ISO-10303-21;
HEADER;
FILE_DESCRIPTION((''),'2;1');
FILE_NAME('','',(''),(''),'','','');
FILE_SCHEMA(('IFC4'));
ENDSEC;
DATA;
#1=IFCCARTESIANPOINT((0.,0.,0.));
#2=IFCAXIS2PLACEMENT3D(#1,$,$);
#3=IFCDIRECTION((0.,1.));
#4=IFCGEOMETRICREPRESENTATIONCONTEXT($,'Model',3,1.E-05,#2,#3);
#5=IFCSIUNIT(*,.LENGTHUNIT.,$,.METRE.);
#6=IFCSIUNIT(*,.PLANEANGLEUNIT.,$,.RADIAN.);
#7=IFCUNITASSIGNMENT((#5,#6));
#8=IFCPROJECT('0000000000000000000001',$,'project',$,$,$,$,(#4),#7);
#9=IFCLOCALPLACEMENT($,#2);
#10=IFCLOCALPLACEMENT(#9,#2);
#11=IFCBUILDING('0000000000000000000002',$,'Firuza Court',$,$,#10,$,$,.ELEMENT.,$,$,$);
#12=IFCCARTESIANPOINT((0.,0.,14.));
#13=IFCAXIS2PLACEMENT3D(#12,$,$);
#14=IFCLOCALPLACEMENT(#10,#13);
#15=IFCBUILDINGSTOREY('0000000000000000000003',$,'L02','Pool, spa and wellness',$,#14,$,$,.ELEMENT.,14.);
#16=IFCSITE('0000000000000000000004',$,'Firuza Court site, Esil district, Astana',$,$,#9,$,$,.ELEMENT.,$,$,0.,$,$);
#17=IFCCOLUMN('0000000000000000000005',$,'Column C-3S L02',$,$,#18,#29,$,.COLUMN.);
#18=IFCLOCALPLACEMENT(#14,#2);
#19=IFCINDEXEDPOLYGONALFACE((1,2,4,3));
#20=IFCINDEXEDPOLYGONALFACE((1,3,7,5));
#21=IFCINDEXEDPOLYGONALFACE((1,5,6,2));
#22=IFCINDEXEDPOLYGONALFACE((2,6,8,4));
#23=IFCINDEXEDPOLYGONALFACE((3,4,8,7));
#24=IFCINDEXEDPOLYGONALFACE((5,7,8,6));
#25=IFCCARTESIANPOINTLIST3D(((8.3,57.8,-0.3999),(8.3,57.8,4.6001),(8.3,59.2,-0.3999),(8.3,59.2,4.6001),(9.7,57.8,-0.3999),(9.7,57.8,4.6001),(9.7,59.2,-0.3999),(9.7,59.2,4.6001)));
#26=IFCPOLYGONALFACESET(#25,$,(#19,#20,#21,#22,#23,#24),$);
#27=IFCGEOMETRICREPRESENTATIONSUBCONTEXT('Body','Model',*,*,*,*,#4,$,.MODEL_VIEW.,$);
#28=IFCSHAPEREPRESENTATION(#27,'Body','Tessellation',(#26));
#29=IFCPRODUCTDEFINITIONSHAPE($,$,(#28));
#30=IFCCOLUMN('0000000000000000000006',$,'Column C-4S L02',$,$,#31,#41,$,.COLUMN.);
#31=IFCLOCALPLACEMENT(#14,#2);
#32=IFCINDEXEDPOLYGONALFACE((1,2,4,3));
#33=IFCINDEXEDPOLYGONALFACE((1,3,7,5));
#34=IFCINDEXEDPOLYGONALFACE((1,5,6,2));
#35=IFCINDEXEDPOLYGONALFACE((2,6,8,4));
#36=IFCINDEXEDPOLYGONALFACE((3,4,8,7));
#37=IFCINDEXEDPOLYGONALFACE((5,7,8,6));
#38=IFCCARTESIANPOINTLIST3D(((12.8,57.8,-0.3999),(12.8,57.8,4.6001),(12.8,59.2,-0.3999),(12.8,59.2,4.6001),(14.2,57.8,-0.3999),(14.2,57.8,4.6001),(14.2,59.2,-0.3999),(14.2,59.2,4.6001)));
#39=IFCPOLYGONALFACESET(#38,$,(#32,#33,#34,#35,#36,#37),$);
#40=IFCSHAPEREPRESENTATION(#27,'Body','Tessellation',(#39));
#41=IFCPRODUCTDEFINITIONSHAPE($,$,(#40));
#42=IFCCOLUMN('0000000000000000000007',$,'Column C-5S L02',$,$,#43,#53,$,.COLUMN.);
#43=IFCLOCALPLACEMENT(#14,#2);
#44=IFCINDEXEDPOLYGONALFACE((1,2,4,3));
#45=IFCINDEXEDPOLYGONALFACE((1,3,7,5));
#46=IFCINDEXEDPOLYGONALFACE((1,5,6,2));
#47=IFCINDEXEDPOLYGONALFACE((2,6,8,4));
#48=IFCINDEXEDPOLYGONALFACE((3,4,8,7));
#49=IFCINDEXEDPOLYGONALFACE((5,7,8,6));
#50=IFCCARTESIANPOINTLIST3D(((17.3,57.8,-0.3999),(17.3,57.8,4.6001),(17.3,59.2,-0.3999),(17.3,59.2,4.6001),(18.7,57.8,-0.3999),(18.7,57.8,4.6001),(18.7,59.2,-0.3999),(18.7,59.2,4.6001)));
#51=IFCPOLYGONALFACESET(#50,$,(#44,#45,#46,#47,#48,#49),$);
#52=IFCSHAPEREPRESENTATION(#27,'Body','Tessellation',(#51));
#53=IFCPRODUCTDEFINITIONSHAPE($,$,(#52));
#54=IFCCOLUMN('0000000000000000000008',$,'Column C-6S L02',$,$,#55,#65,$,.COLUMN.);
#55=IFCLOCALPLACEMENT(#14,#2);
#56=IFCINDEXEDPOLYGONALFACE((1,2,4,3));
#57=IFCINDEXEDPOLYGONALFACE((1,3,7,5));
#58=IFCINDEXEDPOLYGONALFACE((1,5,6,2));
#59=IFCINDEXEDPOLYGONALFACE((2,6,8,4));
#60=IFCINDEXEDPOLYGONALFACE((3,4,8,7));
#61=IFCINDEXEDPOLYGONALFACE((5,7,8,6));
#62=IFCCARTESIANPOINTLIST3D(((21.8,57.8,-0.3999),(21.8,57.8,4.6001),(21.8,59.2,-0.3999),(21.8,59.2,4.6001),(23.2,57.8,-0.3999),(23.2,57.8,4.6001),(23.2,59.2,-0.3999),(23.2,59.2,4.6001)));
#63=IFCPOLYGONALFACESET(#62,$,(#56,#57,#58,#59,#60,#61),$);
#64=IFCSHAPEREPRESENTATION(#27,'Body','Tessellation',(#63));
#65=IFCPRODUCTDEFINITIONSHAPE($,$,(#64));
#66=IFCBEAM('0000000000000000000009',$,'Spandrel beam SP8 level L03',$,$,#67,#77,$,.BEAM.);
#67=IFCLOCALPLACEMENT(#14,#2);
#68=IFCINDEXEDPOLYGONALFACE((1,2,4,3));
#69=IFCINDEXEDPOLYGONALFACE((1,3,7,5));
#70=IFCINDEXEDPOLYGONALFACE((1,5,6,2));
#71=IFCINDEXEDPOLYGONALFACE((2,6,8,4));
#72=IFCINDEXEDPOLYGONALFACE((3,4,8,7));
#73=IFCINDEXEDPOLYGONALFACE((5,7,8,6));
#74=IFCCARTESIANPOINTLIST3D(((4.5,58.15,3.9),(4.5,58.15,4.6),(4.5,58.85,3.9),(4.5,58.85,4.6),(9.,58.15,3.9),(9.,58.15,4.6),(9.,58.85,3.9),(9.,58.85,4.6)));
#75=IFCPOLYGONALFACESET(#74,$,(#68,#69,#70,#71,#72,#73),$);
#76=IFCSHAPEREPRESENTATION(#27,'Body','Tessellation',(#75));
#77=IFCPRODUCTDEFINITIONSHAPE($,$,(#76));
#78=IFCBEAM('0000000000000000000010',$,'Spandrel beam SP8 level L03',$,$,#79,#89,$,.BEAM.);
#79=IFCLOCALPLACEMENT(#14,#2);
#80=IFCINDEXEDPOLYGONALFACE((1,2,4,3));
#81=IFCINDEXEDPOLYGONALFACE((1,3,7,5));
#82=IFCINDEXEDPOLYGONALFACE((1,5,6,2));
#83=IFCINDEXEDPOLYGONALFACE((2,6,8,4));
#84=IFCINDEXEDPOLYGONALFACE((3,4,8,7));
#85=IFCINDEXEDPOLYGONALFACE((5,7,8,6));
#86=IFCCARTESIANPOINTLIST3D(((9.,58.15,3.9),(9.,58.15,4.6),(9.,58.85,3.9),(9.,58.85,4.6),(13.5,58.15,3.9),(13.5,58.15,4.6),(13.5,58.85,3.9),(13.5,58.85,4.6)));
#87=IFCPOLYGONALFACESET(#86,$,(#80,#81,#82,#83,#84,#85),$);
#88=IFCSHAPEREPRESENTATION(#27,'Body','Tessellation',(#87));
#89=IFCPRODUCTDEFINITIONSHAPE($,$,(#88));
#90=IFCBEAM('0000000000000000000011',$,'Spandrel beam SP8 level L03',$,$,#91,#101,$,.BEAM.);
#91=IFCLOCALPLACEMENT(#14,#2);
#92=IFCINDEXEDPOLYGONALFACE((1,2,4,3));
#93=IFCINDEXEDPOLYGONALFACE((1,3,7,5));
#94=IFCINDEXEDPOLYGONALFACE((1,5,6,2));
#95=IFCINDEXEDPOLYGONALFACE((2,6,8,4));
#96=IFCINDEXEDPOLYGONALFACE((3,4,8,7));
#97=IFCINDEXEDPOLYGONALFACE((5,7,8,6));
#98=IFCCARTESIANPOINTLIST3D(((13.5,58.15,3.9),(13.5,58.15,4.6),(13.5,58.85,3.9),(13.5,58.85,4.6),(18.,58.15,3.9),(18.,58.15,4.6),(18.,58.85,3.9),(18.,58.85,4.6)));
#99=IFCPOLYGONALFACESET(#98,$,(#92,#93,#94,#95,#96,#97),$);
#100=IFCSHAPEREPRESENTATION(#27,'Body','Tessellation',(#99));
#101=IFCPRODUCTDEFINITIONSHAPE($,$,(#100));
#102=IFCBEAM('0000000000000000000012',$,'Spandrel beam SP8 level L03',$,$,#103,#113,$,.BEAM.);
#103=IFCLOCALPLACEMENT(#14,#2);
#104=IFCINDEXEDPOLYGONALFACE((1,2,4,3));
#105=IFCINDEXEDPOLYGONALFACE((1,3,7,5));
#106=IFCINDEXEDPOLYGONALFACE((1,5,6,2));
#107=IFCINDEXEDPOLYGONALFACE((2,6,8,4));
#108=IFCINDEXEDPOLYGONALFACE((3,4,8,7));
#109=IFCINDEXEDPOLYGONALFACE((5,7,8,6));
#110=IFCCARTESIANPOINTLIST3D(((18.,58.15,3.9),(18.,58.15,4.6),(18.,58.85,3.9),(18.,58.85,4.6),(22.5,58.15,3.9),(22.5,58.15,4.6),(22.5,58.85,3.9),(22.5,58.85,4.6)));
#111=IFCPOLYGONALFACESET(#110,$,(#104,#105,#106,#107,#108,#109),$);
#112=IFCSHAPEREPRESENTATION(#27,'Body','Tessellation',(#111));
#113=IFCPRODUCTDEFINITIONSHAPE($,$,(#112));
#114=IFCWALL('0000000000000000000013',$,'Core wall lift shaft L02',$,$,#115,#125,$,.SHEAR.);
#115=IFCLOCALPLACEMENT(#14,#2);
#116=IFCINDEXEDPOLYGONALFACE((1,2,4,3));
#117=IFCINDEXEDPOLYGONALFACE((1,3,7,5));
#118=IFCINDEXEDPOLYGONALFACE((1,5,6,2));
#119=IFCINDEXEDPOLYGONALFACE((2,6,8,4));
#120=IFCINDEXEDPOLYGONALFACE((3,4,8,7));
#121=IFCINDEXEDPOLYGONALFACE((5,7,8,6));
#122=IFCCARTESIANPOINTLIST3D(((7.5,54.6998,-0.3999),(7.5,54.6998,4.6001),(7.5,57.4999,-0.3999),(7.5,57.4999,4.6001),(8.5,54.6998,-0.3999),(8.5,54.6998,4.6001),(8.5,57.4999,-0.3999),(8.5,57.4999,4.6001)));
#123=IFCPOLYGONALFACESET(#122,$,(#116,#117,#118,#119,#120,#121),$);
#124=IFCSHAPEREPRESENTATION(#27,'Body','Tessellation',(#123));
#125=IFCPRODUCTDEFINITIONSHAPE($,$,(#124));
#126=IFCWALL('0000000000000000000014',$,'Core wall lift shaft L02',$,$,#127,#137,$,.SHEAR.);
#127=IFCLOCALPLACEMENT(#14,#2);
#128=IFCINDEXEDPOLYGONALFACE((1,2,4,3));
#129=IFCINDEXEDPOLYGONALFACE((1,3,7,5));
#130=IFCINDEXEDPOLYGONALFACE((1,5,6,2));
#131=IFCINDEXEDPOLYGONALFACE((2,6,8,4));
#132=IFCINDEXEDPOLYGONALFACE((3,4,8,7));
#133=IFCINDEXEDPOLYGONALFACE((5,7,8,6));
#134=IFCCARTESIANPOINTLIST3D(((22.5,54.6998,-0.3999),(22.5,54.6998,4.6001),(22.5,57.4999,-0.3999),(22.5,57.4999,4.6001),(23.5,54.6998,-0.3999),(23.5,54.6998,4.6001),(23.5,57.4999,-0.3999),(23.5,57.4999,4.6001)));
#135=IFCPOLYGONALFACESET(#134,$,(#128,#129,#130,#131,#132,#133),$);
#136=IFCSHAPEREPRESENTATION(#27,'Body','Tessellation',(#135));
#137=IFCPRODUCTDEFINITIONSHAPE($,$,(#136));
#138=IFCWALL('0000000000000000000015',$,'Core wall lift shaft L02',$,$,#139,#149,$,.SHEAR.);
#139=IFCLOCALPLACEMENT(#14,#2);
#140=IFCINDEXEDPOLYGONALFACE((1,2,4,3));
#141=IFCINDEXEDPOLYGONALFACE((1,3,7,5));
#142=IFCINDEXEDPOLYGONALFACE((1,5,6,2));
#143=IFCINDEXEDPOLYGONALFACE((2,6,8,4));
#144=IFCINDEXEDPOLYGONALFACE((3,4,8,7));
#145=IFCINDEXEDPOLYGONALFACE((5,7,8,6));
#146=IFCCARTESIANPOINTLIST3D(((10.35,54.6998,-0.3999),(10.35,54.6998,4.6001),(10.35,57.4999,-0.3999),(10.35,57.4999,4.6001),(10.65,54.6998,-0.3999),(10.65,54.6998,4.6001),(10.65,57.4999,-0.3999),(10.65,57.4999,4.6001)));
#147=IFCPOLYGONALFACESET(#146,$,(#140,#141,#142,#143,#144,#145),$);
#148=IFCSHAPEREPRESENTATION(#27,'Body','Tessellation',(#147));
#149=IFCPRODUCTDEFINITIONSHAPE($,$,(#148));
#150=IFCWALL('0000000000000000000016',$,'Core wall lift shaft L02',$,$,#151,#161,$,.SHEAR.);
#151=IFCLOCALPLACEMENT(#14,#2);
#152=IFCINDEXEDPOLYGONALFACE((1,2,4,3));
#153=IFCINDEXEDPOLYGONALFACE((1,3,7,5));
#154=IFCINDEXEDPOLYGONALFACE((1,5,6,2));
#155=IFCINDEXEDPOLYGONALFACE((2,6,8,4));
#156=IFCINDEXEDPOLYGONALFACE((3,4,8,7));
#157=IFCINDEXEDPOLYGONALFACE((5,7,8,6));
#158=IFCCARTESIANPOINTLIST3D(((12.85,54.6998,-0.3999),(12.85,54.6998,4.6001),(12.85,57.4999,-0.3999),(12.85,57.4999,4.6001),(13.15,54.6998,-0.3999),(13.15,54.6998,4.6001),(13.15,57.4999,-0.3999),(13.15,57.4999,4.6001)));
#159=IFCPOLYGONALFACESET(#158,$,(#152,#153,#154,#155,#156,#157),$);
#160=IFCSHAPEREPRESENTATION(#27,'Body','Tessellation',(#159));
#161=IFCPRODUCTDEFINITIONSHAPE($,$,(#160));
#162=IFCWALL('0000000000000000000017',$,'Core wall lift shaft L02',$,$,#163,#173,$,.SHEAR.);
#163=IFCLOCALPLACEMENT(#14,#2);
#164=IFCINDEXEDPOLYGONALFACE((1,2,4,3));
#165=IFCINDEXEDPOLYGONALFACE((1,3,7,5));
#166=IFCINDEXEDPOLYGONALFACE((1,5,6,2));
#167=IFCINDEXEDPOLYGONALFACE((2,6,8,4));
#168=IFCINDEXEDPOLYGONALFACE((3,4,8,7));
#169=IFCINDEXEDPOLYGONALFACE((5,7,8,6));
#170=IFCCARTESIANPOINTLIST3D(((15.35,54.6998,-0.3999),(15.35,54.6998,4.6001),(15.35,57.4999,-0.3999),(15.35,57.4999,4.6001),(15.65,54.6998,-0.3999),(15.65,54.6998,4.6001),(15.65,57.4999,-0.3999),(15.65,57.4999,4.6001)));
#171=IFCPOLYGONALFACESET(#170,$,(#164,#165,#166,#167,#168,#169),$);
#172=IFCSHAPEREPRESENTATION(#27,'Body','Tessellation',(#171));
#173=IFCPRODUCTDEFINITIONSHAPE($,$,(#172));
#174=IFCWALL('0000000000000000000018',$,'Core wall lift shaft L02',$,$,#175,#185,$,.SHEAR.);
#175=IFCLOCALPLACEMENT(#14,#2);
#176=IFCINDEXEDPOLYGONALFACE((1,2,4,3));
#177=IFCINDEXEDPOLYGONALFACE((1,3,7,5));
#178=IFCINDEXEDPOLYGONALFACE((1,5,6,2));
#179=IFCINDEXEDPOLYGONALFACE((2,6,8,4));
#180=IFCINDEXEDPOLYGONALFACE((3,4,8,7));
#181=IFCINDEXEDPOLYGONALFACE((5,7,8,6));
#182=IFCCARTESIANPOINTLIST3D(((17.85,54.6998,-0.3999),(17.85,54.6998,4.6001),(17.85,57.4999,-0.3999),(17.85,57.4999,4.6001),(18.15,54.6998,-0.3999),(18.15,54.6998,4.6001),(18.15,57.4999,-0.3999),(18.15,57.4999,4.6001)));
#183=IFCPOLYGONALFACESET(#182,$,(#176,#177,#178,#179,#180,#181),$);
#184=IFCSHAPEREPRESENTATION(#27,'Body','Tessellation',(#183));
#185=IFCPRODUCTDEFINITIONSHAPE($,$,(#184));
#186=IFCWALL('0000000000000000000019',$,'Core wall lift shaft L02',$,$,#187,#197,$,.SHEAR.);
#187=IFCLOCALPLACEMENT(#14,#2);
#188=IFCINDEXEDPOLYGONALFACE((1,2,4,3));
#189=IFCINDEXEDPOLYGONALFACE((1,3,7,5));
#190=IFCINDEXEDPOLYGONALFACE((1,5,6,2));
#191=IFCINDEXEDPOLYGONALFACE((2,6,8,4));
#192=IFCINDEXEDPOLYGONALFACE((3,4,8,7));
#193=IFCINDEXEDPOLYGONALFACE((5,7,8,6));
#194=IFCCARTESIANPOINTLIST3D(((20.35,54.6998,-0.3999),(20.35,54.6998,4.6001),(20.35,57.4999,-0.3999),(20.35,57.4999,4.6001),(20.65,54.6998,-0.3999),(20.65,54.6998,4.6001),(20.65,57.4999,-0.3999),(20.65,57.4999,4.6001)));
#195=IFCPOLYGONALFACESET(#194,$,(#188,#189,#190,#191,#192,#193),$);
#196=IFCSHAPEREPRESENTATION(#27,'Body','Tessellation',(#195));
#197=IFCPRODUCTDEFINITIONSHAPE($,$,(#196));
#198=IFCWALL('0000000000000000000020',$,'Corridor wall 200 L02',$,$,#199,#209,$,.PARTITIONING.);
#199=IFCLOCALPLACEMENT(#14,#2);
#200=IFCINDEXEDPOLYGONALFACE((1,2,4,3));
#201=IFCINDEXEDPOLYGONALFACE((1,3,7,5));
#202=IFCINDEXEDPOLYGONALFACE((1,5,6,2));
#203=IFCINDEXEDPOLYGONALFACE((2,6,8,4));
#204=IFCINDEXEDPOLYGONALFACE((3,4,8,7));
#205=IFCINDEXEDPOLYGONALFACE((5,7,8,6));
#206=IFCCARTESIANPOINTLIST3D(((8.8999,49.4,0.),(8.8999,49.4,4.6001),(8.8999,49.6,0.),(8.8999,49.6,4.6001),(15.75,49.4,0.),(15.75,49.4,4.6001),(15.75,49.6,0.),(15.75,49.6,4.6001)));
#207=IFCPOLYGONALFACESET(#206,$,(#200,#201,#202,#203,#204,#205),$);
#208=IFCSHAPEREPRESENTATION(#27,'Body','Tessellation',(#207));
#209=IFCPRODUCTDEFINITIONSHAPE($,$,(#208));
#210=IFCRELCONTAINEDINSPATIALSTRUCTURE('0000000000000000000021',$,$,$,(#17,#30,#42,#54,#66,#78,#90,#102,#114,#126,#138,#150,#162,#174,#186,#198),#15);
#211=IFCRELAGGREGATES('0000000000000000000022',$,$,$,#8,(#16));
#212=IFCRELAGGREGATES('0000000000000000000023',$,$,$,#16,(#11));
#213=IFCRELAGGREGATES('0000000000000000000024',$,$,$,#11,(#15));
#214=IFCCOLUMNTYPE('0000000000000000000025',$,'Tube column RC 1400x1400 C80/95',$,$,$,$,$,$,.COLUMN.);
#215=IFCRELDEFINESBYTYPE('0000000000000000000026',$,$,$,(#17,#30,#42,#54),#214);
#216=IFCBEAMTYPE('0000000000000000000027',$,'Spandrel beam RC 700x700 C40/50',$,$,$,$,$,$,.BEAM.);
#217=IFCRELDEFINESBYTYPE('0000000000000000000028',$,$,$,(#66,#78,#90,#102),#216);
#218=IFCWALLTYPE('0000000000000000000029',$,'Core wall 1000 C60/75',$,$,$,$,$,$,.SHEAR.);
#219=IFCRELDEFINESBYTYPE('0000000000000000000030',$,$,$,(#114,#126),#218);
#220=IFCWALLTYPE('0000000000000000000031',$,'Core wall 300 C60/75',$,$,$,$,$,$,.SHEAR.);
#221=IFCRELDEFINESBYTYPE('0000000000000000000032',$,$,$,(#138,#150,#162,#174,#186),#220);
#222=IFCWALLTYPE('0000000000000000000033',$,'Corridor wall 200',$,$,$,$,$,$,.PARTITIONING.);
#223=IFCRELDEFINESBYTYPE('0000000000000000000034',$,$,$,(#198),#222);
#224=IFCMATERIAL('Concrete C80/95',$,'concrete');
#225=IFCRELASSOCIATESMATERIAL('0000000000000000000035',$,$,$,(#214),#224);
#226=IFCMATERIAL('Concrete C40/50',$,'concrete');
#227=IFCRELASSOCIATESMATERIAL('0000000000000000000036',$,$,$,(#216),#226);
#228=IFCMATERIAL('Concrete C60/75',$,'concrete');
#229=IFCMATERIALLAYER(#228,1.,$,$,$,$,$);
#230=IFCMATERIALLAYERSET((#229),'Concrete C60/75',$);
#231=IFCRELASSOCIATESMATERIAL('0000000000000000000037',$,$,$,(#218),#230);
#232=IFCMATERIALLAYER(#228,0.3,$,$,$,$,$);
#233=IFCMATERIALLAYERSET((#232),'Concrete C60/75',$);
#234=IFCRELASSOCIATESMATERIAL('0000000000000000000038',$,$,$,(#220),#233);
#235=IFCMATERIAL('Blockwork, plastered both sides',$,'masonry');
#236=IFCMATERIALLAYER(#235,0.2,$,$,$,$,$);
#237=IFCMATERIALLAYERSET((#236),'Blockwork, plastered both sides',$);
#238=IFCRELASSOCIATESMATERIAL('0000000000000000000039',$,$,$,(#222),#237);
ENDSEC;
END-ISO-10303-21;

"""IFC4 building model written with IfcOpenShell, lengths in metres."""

from ifc_helpers import new_model, si_unit, direction, frame, frame_2d, origin, origin_2d, place, context, subcontext, project, spatial, rectangle, extrude, material, layer, layer_set, material_profile, profile_set, type_object, element, save


model = new_model("IFC4")

# Units and contexts
model_context = context("Model", 3, precision=1e-05, world=origin(), true_north=direction((0.0, 1.0)))
body_context = subcontext(model_context, "Body", "Model", "MODEL_VIEW")
ifc_project = project(units=[si_unit("LENGTHUNIT", "METRE"), si_unit("PLANEANGLEUNIT", "RADIAN")], contexts=[model_context])

# Site, building, storey
site_placement = place(None, origin())
site = spatial("IfcSite", under=ifc_project, at=site_placement, Name="Firuza Court site, Esil district, Astana", CompositionType="ELEMENT", RefElevation=0.0)
building_placement = place(site_placement, origin())
building = spatial("IfcBuilding", under=site, at=building_placement, Name="Firuza Court", CompositionType="ELEMENT")
storey_placement = place(building_placement, frame((0.0, 0.0, 14.0)))
storey = spatial("IfcBuildingStorey", under=building, at=storey_placement, Name="L02", Description="Pool, spa and wellness", CompositionType="ELEMENT", Elevation=14.0)

# Columns
ifc_material_1 = material(Name="Concrete C80/95", Category="concrete")
ifc_material_profile_1 = material_profile(ifc_material_1, rectangle(XDim=1.3999, YDim=1.3999, at=origin_2d()), Name="RC 1400x1400")
ifc_profile_set_1 = profile_set([ifc_material_profile_1], Name="Concrete C80/95")
column_type = type_object("IfcColumnType", Name="Tube column RC 1400x1400 C80/95", PredefinedType="COLUMN", material=ifc_profile_set_1)
for number, where, z_axis, x_axis, name in (
    (1, (9.0, 58.5, -0.3999), (0.0, 0.0, 1.0), (1.0, 0.0, 0.0), "Column C-3S L02"),
    (2, (13.5, 58.5, -0.3999), (0.0, 0.0, 1.0), (1.0, 0.0, 0.0), "Column C-4S L02"),
    (3, (18.0, 58.5, -0.3999), (0.0, 0.0, 1.0), (1.0, 0.0, 0.0), "Column C-5S L02"),
    (4, (22.5, 58.5, -0.3999), (0.0, 0.0, 1.0), (1.0, 0.0, 0.0), "Column C-6S L02"),
):
    element("IfcColumn", number, at=place(storey_placement, frame(where, z_axis=z_axis, x_axis=x_axis)), inside=storey, type_object=column_type, Name=name, PredefinedType="COLUMN", context=body_context, shape_type="SweptSolid", body=[
        extrude(rectangle(XDim=1.3999, YDim=1.3999, at=origin_2d()), origin(), (0.0, 0.0, 1.0), 5.0),
    ])

# Beams
ifc_material_2 = material(Name="Concrete C40/50", Category="concrete")
ifc_material_profile_2 = material_profile(ifc_material_2, rectangle(XDim=0.7, YDim=0.7, at=origin_2d()), Name="RC 700x700")
ifc_profile_set_2 = profile_set([ifc_material_profile_2], Name="Concrete C40/50")
beam_type = type_object("IfcBeamType", Name="Spandrel beam RC 700x700 C40/50", PredefinedType="BEAM", material=ifc_profile_set_2)
for number, where, z_axis, x_axis, name in (
    (5, (9.0, 58.5, 4.25), (-1.0, 0.0, 0.0), (0.0, -1.0, 0.0), "Spandrel beam SP8 level L03"),
    (6, (13.5, 58.5, 4.25), (-1.0, 0.0, 0.0), (0.0, -1.0, 0.0), "Spandrel beam SP8 level L03"),
    (7, (18.0, 58.5, 4.25), (-1.0, 0.0, 0.0), (0.0, -1.0, 0.0), "Spandrel beam SP8 level L03"),
    (8, (22.5, 58.5, 4.25), (-1.0, 0.0, 0.0), (0.0, -1.0, 0.0), "Spandrel beam SP8 level L03"),
):
    element("IfcBeam", number, at=place(storey_placement, frame(where, z_axis=z_axis, x_axis=x_axis)), inside=storey, type_object=beam_type, Name=name, PredefinedType="BEAM", context=body_context, shape_type="SweptSolid", body=[
        extrude(rectangle(XDim=0.7, YDim=0.7, at=origin_2d()), origin(), (0.0, 0.0, 1.0), 4.5),
    ])

# Walls
ifc_material_3 = material(Name="Concrete C60/75", Category="concrete")
ifc_layer_1 = layer(ifc_material_3, 1.0)
ifc_layer_set_1 = layer_set([ifc_layer_1], Name="Concrete C60/75")
wall_type_1 = type_object("IfcWallType", Name="Core wall 1000 C60/75", PredefinedType="SHEAR", material=ifc_layer_set_1)
for number, where, z_axis, x_axis, name in (
    (9, (8.0, 54.7, -0.3999), (0.0, 0.0, 1.0), (0.0, 1.0, 0.0), "Core wall lift shaft L02"),
    (10, (23.0, 54.7, -0.3999), (0.0, 0.0, 1.0), (0.0, 1.0, 0.0), "Core wall lift shaft L02"),
):
    element("IfcWall", number, at=place(storey_placement, frame(where, z_axis=z_axis, x_axis=x_axis)), inside=storey, type_object=wall_type_1, Name=name, PredefinedType="SHEAR", context=body_context, shape_type="SweptSolid", body=[
        extrude(rectangle(XDim=2.8, YDim=1.0, at=frame_2d((1.3999, 0.0))), origin(), (0.0, 0.0, 1.0), 5.0),
    ])
ifc_layer_2 = layer(ifc_material_3, 0.3)
ifc_layer_set_2 = layer_set([ifc_layer_2], Name="Concrete C60/75")
wall_type_2 = type_object("IfcWallType", Name="Core wall 300 C60/75", PredefinedType="SHEAR", material=ifc_layer_set_2)
for number, where, z_axis, x_axis, name in (
    (11, (10.5, 54.7, -0.3999), (0.0, 0.0, 1.0), (0.0, 1.0, 0.0), "Core wall lift shaft L02"),
    (12, (13.0, 54.7, -0.3999), (0.0, 0.0, 1.0), (0.0, 1.0, 0.0), "Core wall lift shaft L02"),
    (13, (15.5, 54.7, -0.3999), (0.0, 0.0, 1.0), (0.0, 1.0, 0.0), "Core wall lift shaft L02"),
    (14, (18.0, 54.7, -0.3999), (0.0, 0.0, 1.0), (0.0, 1.0, 0.0), "Core wall lift shaft L02"),
    (15, (20.5, 54.7, -0.3999), (0.0, 0.0, 1.0), (0.0, 1.0, 0.0), "Core wall lift shaft L02"),
):
    element("IfcWall", number, at=place(storey_placement, frame(where, z_axis=z_axis, x_axis=x_axis)), inside=storey, type_object=wall_type_2, Name=name, PredefinedType="SHEAR", context=body_context, shape_type="SweptSolid", body=[
        extrude(rectangle(XDim=2.8, YDim=0.3, at=frame_2d((1.3999, 0.0))), origin(), (0.0, 0.0, 1.0), 5.0),
    ])
ifc_material_4 = material(Name="Blockwork, plastered both sides", Category="masonry")
ifc_layer_3 = layer(ifc_material_4, 0.2)
ifc_layer_set_3 = layer_set([ifc_layer_3], Name="Blockwork, plastered both sides")
wall_type_3 = type_object("IfcWallType", Name="Corridor wall 200", PredefinedType="PARTITIONING", material=ifc_layer_set_3)
wall_1_placement = place(storey_placement, frame((8.8999, 49.5, 0.0), z_axis=(0.0, 0.0, 1.0), x_axis=(1.0, 0.0, 0.0)))
element("IfcWall", 16, at=wall_1_placement, inside=storey, type_object=wall_type_3, Name="Corridor wall 200 L02", PredefinedType="PARTITIONING", context=body_context, shape_type="SweptSolid", body=[
    extrude(rectangle(XDim=6.8501, YDim=0.2, at=frame_2d((3.425, 0.0))), origin(), (0.0, 0.0, 1.0), 4.6001),
])

save(model, "model.ifc")
